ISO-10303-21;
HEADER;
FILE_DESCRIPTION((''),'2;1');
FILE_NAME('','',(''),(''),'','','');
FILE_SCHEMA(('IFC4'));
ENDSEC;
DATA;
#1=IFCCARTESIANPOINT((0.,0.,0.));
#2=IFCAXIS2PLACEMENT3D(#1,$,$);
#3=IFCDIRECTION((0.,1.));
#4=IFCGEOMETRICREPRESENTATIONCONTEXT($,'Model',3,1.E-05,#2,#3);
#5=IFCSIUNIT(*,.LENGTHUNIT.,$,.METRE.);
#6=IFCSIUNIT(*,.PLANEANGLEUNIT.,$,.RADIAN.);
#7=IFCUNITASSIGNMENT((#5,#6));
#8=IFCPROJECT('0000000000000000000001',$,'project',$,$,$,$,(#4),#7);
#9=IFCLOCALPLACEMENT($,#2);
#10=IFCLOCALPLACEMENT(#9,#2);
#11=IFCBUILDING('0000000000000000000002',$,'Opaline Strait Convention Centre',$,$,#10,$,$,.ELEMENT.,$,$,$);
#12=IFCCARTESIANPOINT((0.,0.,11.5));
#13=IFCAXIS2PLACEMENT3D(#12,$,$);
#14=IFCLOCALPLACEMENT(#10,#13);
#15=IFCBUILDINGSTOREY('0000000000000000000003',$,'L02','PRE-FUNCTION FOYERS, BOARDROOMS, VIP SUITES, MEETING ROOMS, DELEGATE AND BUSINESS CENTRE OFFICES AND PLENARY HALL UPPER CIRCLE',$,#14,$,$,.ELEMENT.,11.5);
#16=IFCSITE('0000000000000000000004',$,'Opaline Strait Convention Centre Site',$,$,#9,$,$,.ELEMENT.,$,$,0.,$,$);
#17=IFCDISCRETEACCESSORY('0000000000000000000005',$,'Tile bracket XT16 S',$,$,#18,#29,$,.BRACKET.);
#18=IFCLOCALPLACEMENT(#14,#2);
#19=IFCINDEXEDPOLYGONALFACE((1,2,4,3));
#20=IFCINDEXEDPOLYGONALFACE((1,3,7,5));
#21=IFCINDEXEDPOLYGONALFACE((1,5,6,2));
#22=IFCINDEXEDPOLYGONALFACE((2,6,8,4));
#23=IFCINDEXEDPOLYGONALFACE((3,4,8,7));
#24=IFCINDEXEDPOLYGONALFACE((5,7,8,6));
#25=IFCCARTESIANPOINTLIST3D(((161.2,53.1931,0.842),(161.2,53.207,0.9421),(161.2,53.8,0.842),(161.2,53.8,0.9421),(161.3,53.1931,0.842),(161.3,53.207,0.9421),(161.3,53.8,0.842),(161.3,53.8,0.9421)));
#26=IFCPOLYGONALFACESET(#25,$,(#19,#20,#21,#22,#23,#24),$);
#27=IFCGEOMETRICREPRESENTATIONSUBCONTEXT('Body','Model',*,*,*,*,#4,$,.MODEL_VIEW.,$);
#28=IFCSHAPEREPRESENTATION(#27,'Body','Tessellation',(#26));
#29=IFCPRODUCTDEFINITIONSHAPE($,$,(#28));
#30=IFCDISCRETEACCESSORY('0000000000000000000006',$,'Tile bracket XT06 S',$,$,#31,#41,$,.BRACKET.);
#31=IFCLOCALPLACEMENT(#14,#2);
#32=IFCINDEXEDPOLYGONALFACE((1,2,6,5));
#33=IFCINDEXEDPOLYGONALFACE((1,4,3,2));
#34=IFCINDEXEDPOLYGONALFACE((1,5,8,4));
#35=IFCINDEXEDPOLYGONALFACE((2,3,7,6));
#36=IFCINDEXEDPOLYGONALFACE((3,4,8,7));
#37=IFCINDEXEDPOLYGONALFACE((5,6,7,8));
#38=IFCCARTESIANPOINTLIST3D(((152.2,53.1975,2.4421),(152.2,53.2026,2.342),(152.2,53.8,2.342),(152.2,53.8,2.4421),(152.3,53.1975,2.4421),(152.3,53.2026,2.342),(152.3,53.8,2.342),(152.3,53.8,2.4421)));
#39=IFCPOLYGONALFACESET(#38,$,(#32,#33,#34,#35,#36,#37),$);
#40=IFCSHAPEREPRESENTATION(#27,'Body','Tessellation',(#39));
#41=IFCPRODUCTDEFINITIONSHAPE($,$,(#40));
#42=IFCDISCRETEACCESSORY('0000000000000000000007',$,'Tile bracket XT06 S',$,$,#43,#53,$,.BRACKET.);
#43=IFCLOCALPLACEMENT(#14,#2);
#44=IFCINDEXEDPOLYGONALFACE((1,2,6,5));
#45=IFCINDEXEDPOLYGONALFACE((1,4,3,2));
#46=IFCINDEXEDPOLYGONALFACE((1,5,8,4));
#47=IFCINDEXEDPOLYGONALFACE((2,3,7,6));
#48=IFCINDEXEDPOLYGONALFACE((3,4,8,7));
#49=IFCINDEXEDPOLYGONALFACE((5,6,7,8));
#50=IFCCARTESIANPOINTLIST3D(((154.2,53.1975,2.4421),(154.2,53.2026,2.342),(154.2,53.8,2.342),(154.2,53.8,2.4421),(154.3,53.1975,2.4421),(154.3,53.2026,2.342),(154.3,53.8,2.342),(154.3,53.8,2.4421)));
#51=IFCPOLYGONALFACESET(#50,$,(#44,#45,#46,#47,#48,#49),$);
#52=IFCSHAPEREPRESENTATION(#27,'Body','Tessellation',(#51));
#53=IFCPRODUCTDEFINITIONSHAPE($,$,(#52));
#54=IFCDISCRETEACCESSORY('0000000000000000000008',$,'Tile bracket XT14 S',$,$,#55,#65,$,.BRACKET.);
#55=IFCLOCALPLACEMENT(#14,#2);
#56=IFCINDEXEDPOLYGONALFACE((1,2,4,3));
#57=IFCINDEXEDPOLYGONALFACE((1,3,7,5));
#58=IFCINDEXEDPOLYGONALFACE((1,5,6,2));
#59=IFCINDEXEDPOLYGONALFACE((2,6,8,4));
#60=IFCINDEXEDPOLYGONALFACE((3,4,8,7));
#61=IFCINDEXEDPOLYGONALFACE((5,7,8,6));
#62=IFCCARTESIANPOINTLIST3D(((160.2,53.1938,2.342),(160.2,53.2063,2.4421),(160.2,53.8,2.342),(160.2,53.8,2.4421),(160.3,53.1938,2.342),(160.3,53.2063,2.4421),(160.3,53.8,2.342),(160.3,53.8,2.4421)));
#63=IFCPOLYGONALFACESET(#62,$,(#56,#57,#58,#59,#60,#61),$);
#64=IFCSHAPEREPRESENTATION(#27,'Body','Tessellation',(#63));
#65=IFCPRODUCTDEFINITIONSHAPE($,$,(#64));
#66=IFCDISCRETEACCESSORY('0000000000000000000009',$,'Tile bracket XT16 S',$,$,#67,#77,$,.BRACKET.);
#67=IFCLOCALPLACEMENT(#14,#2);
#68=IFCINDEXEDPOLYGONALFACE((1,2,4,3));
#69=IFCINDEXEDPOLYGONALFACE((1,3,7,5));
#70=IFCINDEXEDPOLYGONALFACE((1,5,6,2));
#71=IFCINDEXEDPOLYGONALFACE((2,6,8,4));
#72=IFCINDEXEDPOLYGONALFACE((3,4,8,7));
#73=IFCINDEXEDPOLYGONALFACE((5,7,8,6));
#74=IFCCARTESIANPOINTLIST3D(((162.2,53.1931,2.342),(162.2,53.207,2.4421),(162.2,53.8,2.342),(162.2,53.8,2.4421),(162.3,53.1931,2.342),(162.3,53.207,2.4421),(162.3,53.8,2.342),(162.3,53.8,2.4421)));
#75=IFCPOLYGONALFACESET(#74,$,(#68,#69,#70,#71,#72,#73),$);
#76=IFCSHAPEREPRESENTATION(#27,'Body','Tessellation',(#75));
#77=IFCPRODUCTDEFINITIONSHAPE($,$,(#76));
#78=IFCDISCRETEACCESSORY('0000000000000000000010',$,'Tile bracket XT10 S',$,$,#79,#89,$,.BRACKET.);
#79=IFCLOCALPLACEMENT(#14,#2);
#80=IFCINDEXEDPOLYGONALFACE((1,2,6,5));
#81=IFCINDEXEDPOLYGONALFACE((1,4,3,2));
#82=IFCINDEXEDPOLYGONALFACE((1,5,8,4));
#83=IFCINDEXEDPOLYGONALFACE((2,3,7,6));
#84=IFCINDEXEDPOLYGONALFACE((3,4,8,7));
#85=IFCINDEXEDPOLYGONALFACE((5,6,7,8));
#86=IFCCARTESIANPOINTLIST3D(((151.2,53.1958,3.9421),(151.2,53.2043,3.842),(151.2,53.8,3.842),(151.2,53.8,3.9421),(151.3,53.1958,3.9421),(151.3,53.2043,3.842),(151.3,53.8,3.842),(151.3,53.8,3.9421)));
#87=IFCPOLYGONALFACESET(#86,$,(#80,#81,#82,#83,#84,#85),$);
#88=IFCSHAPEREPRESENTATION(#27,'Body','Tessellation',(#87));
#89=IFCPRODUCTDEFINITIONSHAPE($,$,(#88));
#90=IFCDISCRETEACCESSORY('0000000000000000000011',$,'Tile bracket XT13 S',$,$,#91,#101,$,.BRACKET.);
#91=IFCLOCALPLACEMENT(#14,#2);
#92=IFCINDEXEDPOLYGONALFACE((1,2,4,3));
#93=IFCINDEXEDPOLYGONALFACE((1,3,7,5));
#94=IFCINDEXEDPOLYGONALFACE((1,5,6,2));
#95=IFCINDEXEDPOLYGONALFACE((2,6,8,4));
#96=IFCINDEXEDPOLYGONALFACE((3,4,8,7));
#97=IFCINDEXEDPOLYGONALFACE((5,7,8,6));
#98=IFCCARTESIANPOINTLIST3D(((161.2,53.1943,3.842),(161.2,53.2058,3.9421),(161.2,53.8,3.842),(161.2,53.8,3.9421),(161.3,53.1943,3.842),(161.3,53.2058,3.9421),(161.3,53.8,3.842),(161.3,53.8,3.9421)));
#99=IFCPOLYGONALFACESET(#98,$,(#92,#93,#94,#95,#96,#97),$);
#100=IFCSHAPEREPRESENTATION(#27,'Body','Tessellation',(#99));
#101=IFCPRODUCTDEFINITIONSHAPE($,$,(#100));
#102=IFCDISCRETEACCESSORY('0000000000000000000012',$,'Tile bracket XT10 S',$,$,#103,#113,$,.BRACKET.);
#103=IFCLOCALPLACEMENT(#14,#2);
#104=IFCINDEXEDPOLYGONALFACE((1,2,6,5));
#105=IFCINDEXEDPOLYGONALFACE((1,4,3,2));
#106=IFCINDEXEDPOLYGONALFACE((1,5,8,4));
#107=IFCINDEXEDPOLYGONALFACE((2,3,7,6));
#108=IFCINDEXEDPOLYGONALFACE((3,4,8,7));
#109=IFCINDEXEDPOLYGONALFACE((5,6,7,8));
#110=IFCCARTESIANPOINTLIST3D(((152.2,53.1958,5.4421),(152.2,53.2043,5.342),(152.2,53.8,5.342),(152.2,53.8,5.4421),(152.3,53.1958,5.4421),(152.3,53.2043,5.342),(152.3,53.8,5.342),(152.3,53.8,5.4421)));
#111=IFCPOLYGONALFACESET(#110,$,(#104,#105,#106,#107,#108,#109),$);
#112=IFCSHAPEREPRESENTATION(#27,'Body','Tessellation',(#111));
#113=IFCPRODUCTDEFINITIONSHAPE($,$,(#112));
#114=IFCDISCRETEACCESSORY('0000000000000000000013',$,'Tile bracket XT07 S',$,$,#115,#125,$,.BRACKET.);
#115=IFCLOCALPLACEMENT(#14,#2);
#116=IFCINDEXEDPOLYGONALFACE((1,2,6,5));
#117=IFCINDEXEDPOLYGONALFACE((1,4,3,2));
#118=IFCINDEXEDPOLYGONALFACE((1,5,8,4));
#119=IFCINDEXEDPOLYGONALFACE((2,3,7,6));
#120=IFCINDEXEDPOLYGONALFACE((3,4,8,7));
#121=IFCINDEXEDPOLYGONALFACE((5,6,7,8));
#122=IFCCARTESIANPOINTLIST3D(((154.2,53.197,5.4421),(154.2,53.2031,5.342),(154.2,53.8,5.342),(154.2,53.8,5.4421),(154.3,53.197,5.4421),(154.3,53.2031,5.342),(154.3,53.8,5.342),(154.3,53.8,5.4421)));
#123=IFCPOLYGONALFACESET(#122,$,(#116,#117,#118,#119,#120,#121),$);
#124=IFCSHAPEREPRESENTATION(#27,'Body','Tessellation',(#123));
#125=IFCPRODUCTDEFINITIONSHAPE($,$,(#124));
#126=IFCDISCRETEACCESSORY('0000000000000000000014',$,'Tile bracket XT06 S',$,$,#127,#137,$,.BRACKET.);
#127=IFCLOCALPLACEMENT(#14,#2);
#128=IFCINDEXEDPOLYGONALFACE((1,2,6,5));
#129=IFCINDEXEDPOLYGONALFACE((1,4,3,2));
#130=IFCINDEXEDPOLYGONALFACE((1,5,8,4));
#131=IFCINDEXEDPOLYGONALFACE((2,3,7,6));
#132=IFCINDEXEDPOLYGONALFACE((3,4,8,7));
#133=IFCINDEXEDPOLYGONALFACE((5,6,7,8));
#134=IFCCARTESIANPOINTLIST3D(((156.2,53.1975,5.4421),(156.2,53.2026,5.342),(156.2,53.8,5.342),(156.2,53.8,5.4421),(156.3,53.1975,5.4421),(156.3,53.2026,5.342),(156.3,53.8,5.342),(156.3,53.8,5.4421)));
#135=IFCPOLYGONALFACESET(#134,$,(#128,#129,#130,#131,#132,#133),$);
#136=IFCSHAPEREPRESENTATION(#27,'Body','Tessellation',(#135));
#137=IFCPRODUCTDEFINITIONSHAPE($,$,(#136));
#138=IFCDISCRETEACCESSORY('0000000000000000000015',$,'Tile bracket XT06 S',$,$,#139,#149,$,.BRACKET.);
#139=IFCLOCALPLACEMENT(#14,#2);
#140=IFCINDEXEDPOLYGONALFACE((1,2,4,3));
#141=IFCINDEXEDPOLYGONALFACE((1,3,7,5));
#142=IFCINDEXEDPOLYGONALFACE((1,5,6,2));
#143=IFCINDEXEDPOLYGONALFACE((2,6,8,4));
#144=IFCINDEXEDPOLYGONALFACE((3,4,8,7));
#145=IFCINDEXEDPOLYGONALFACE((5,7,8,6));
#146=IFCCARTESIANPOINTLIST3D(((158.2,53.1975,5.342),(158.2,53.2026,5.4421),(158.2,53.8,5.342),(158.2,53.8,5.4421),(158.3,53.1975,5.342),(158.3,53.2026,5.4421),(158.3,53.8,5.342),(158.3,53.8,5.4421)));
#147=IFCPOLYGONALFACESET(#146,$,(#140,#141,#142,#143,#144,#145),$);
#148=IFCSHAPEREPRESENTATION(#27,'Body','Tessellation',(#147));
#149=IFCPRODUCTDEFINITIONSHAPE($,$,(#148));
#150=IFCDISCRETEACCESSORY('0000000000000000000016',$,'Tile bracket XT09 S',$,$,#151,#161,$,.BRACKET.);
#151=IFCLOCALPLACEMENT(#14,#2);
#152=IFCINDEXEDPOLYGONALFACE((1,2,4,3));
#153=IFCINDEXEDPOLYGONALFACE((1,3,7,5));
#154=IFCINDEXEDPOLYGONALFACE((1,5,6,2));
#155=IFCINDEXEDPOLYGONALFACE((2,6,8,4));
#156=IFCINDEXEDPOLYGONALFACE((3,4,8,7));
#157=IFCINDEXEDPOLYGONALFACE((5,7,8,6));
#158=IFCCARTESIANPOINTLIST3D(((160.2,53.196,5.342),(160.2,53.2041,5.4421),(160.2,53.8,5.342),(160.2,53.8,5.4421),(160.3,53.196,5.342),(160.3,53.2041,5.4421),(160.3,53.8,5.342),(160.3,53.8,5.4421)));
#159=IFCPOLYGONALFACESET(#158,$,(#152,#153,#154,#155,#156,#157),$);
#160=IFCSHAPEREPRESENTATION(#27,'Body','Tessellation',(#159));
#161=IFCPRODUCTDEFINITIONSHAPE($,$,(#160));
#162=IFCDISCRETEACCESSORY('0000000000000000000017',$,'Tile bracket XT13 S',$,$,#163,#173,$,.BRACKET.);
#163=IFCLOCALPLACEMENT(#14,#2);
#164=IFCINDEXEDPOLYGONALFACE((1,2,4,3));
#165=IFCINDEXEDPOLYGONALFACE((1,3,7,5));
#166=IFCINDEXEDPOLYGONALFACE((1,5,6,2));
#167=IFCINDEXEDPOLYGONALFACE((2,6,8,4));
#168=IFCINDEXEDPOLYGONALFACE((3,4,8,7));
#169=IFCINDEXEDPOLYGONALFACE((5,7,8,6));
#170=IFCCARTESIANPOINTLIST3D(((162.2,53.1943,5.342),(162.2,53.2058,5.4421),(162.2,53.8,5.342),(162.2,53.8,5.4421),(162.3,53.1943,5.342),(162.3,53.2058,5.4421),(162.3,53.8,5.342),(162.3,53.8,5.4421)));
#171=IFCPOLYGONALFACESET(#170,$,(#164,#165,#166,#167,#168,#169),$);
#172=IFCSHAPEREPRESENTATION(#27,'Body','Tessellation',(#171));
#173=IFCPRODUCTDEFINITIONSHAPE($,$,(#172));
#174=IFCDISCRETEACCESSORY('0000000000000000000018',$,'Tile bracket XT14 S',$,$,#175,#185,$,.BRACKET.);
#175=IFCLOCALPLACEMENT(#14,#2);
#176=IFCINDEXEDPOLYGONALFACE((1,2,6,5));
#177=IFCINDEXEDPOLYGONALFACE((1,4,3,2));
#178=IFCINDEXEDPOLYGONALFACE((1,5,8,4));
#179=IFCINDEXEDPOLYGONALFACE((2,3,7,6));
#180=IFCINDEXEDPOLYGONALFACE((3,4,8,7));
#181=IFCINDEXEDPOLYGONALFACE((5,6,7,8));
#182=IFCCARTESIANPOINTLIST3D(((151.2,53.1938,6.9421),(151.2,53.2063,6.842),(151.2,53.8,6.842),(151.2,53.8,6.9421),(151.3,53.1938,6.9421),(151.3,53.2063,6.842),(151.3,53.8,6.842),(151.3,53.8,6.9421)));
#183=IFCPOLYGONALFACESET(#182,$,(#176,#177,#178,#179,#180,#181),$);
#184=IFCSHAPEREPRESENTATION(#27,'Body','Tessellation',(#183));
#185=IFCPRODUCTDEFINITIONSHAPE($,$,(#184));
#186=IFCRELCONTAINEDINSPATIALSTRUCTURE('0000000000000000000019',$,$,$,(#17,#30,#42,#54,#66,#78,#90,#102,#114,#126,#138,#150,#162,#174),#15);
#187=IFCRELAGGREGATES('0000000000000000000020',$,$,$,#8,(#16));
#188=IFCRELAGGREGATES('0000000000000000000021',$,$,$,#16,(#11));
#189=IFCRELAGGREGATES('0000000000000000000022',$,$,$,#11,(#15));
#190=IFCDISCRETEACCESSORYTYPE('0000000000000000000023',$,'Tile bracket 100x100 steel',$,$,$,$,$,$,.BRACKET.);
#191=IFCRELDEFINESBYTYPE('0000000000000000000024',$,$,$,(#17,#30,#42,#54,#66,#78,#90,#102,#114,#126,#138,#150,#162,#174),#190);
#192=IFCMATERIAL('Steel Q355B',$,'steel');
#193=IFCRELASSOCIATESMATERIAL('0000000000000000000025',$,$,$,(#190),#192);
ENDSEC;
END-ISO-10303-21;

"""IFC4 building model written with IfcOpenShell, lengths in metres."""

from ifc_helpers import new_model, si_unit, direction, frame, origin, place, context, subcontext, project, spatial, polyline, outline, extrude, material, type_object, element, save


model = new_model("IFC4")

# Units and contexts
model_context = context("Model", 3, precision=1e-05, world=origin(), true_north=direction((0.0, 1.0)))
body_context = subcontext(model_context, "Body", "Model", "MODEL_VIEW")
ifc_project = project(units=[si_unit("LENGTHUNIT", "METRE"), si_unit("PLANEANGLEUNIT", "RADIAN")], contexts=[model_context])

# Site, building, storey
site_placement = place(None, origin())
site = spatial("IfcSite", under=ifc_project, at=site_placement, Name="Opaline Strait Convention Centre Site", CompositionType="ELEMENT", RefElevation=0.0)
building_placement = place(site_placement, origin())
building = spatial("IfcBuilding", under=site, at=building_placement, Name="Opaline Strait Convention Centre", CompositionType="ELEMENT")
storey_placement = place(building_placement, frame((0.0, 0.0, 11.5)))
storey = spatial("IfcBuildingStorey", under=building, at=storey_placement, Name="L02", Description="PRE-FUNCTION FOYERS, BOARDROOMS, VIP SUITES, MEETING ROOMS, DELEGATE AND BUSINESS CENTRE OFFICES AND PLENARY HALL UPPER CIRCLE", CompositionType="ELEMENT", Elevation=11.5)

# Shared definitions
ifc_material_1 = material(Name="Steel Q355B", Category="steel")

# Discrete accessories
discrete_accessory_type = type_object("IfcDiscreteAccessoryType", Name="Tile bracket 100x100 steel", PredefinedType="BRACKET", material=ifc_material_1)
discrete_accessory_1_placement = place(storey_placement, frame((161.2, 53.8, 0.8921), z_axis=(1.0, 0.0, 0.0), x_axis=(0.0, 1.0, 0.0)))
element("IfcDiscreteAccessory", 1, at=discrete_accessory_1_placement, inside=storey, type_object=discrete_accessory_type, Name="Tile bracket XT16 S", PredefinedType="BRACKET", context=body_context, shape_type="SweptSolid", body=[
    extrude(outline(polyline([(0.0, -0.05), (0.0, 0.05), (-0.593, 0.05), (-0.6069, -0.05), (0.0, -0.05)])), origin(), (0.0, 0.0, 1.0), 0.1001),
])
for number, where, z_axis, x_axis, name in (
    (2, (152.2, 53.8, 2.3921), (1.0, 0.0, 0.0), (0.0, 1.0, 0.0), "Tile bracket XT06 S"),
    (3, (154.2, 53.8, 2.3921), (1.0, 0.0, 0.0), (0.0, 1.0, 0.0), "Tile bracket XT06 S"),
):
    element("IfcDiscreteAccessory", number, at=place(storey_placement, frame(where, z_axis=z_axis, x_axis=x_axis)), inside=storey, type_object=discrete_accessory_type, Name=name, PredefinedType="BRACKET", context=body_context, shape_type="SweptSolid", body=[
        extrude(outline(polyline([(0.0, -0.05), (0.0, 0.05), (-0.6025, 0.05), (-0.5974, -0.05), (0.0, -0.05)])), origin(), (0.0, 0.0, 1.0), 0.1001),
    ])
discrete_accessory_2_placement = place(storey_placement, frame((160.2, 53.8, 2.3921), z_axis=(1.0, 0.0, 0.0), x_axis=(0.0, 1.0, 0.0)))
element("IfcDiscreteAccessory", 4, at=discrete_accessory_2_placement, inside=storey, type_object=discrete_accessory_type, Name="Tile bracket XT14 S", PredefinedType="BRACKET", context=body_context, shape_type="SweptSolid", body=[
    extrude(outline(polyline([(0.0, -0.05), (0.0, 0.05), (-0.5938, 0.05), (-0.6062, -0.05), (0.0, -0.05)])), origin(), (0.0, 0.0, 1.0), 0.1001),
])
discrete_accessory_3_placement = place(storey_placement, frame((162.2, 53.8, 2.3921), z_axis=(1.0, 0.0, 0.0), x_axis=(0.0, 1.0, 0.0)))
element("IfcDiscreteAccessory", 5, at=discrete_accessory_3_placement, inside=storey, type_object=discrete_accessory_type, Name="Tile bracket XT16 S", PredefinedType="BRACKET", context=body_context, shape_type="SweptSolid", body=[
    extrude(outline(polyline([(0.0, -0.05), (0.0, 0.05), (-0.593, 0.05), (-0.6069, -0.05), (0.0, -0.05)])), origin(), (0.0, 0.0, 1.0), 0.1001),
])
discrete_accessory_4_placement = place(storey_placement, frame((151.2, 53.8, 3.8921), z_axis=(1.0, 0.0, 0.0), x_axis=(0.0, 1.0, 0.0)))
element("IfcDiscreteAccessory", 6, at=discrete_accessory_4_placement, inside=storey, type_object=discrete_accessory_type, Name="Tile bracket XT10 S", PredefinedType="BRACKET", context=body_context, shape_type="SweptSolid", body=[
    extrude(outline(polyline([(0.0, -0.05), (0.0, 0.05), (-0.6042, 0.05), (-0.5957, -0.05), (0.0, -0.05)])), origin(), (0.0, 0.0, 1.0), 0.1001),
])
discrete_accessory_5_placement = place(storey_placement, frame((161.2, 53.8, 3.8921), z_axis=(1.0, 0.0, 0.0), x_axis=(0.0, 1.0, 0.0)))
element("IfcDiscreteAccessory", 7, at=discrete_accessory_5_placement, inside=storey, type_object=discrete_accessory_type, Name="Tile bracket XT13 S", PredefinedType="BRACKET", context=body_context, shape_type="SweptSolid", body=[
    extrude(outline(polyline([(0.0, -0.05), (0.0, 0.05), (-0.5942, 0.05), (-0.6057, -0.05), (0.0, -0.05)])), origin(), (0.0, 0.0, 1.0), 0.1001),
])
discrete_accessory_6_placement = place(storey_placement, frame((152.2, 53.8, 5.3921), z_axis=(1.0, 0.0, 0.0), x_axis=(0.0, 1.0, 0.0)))
element("IfcDiscreteAccessory", 8, at=discrete_accessory_6_placement, inside=storey, type_object=discrete_accessory_type, Name="Tile bracket XT10 S", PredefinedType="BRACKET", context=body_context, shape_type="SweptSolid", body=[
    extrude(outline(polyline([(0.0, -0.05), (0.0, 0.05), (-0.6042, 0.05), (-0.5957, -0.05), (0.0, -0.05)])), origin(), (0.0, 0.0, 1.0), 0.1001),
])
discrete_accessory_7_placement = place(storey_placement, frame((154.2, 53.8, 5.3921), z_axis=(1.0, 0.0, 0.0), x_axis=(0.0, 1.0, 0.0)))
element("IfcDiscreteAccessory", 9, at=discrete_accessory_7_placement, inside=storey, type_object=discrete_accessory_type, Name="Tile bracket XT07 S", PredefinedType="BRACKET", context=body_context, shape_type="SweptSolid", body=[
    extrude(outline(polyline([(0.0, -0.05), (0.0, 0.05), (-0.603, 0.05), (-0.5969, -0.05), (0.0, -0.05)])), origin(), (0.0, 0.0, 1.0), 0.1001),
])
discrete_accessory_8_placement = place(storey_placement, frame((156.2, 53.8, 5.3921), z_axis=(1.0, 0.0, 0.0), x_axis=(0.0, 1.0, 0.0)))
element("IfcDiscreteAccessory", 10, at=discrete_accessory_8_placement, inside=storey, type_object=discrete_accessory_type, Name="Tile bracket XT06 S", PredefinedType="BRACKET", context=body_context, shape_type="SweptSolid", body=[
    extrude(outline(polyline([(0.0, -0.05), (0.0, 0.05), (-0.6025, 0.05), (-0.5974, -0.05), (0.0, -0.05)])), origin(), (0.0, 0.0, 1.0), 0.1001),
])
discrete_accessory_9_placement = place(storey_placement, frame((158.2, 53.8, 5.3921), z_axis=(1.0, 0.0, 0.0), x_axis=(0.0, 1.0, 0.0)))
element("IfcDiscreteAccessory", 11, at=discrete_accessory_9_placement, inside=storey, type_object=discrete_accessory_type, Name="Tile bracket XT06 S", PredefinedType="BRACKET", context=body_context, shape_type="SweptSolid", body=[
    extrude(outline(polyline([(0.0, -0.05), (0.0, 0.05), (-0.5974, 0.05), (-0.6025, -0.05), (0.0, -0.05)])), origin(), (0.0, 0.0, 1.0), 0.1001),
])
discrete_accessory_10_placement = place(storey_placement, frame((160.2, 53.8, 5.3921), z_axis=(1.0, 0.0, 0.0), x_axis=(0.0, 1.0, 0.0)))
element("IfcDiscreteAccessory", 12, at=discrete_accessory_10_placement, inside=storey, type_object=discrete_accessory_type, Name="Tile bracket XT09 S", PredefinedType="BRACKET", context=body_context, shape_type="SweptSolid", body=[
    extrude(outline(polyline([(0.0, -0.05), (0.0, 0.05), (-0.5959, 0.05), (-0.604, -0.05), (0.0, -0.05)])), origin(), (0.0, 0.0, 1.0), 0.1001),
])
discrete_accessory_11_placement = place(storey_placement, frame((162.2, 53.8, 5.3921), z_axis=(1.0, 0.0, 0.0), x_axis=(0.0, 1.0, 0.0)))
element("IfcDiscreteAccessory", 13, at=discrete_accessory_11_placement, inside=storey, type_object=discrete_accessory_type, Name="Tile bracket XT13 S", PredefinedType="BRACKET", context=body_context, shape_type="SweptSolid", body=[
    extrude(outline(polyline([(0.0, -0.05), (0.0, 0.05), (-0.5942, 0.05), (-0.6057, -0.05), (0.0, -0.05)])), origin(), (0.0, 0.0, 1.0), 0.1001),
])
discrete_accessory_12_placement = place(storey_placement, frame((151.2, 53.8, 6.8921), z_axis=(1.0, 0.0, 0.0), x_axis=(0.0, 1.0, 0.0)))
element("IfcDiscreteAccessory", 14, at=discrete_accessory_12_placement, inside=storey, type_object=discrete_accessory_type, Name="Tile bracket XT14 S", PredefinedType="BRACKET", context=body_context, shape_type="SweptSolid", body=[
    extrude(outline(polyline([(0.0, -0.05), (0.0, 0.05), (-0.6062, 0.05), (-0.5938, -0.05), (0.0, -0.05)])), origin(), (0.0, 0.0, 1.0), 0.1001),
])

save(model, "model.ifc")
